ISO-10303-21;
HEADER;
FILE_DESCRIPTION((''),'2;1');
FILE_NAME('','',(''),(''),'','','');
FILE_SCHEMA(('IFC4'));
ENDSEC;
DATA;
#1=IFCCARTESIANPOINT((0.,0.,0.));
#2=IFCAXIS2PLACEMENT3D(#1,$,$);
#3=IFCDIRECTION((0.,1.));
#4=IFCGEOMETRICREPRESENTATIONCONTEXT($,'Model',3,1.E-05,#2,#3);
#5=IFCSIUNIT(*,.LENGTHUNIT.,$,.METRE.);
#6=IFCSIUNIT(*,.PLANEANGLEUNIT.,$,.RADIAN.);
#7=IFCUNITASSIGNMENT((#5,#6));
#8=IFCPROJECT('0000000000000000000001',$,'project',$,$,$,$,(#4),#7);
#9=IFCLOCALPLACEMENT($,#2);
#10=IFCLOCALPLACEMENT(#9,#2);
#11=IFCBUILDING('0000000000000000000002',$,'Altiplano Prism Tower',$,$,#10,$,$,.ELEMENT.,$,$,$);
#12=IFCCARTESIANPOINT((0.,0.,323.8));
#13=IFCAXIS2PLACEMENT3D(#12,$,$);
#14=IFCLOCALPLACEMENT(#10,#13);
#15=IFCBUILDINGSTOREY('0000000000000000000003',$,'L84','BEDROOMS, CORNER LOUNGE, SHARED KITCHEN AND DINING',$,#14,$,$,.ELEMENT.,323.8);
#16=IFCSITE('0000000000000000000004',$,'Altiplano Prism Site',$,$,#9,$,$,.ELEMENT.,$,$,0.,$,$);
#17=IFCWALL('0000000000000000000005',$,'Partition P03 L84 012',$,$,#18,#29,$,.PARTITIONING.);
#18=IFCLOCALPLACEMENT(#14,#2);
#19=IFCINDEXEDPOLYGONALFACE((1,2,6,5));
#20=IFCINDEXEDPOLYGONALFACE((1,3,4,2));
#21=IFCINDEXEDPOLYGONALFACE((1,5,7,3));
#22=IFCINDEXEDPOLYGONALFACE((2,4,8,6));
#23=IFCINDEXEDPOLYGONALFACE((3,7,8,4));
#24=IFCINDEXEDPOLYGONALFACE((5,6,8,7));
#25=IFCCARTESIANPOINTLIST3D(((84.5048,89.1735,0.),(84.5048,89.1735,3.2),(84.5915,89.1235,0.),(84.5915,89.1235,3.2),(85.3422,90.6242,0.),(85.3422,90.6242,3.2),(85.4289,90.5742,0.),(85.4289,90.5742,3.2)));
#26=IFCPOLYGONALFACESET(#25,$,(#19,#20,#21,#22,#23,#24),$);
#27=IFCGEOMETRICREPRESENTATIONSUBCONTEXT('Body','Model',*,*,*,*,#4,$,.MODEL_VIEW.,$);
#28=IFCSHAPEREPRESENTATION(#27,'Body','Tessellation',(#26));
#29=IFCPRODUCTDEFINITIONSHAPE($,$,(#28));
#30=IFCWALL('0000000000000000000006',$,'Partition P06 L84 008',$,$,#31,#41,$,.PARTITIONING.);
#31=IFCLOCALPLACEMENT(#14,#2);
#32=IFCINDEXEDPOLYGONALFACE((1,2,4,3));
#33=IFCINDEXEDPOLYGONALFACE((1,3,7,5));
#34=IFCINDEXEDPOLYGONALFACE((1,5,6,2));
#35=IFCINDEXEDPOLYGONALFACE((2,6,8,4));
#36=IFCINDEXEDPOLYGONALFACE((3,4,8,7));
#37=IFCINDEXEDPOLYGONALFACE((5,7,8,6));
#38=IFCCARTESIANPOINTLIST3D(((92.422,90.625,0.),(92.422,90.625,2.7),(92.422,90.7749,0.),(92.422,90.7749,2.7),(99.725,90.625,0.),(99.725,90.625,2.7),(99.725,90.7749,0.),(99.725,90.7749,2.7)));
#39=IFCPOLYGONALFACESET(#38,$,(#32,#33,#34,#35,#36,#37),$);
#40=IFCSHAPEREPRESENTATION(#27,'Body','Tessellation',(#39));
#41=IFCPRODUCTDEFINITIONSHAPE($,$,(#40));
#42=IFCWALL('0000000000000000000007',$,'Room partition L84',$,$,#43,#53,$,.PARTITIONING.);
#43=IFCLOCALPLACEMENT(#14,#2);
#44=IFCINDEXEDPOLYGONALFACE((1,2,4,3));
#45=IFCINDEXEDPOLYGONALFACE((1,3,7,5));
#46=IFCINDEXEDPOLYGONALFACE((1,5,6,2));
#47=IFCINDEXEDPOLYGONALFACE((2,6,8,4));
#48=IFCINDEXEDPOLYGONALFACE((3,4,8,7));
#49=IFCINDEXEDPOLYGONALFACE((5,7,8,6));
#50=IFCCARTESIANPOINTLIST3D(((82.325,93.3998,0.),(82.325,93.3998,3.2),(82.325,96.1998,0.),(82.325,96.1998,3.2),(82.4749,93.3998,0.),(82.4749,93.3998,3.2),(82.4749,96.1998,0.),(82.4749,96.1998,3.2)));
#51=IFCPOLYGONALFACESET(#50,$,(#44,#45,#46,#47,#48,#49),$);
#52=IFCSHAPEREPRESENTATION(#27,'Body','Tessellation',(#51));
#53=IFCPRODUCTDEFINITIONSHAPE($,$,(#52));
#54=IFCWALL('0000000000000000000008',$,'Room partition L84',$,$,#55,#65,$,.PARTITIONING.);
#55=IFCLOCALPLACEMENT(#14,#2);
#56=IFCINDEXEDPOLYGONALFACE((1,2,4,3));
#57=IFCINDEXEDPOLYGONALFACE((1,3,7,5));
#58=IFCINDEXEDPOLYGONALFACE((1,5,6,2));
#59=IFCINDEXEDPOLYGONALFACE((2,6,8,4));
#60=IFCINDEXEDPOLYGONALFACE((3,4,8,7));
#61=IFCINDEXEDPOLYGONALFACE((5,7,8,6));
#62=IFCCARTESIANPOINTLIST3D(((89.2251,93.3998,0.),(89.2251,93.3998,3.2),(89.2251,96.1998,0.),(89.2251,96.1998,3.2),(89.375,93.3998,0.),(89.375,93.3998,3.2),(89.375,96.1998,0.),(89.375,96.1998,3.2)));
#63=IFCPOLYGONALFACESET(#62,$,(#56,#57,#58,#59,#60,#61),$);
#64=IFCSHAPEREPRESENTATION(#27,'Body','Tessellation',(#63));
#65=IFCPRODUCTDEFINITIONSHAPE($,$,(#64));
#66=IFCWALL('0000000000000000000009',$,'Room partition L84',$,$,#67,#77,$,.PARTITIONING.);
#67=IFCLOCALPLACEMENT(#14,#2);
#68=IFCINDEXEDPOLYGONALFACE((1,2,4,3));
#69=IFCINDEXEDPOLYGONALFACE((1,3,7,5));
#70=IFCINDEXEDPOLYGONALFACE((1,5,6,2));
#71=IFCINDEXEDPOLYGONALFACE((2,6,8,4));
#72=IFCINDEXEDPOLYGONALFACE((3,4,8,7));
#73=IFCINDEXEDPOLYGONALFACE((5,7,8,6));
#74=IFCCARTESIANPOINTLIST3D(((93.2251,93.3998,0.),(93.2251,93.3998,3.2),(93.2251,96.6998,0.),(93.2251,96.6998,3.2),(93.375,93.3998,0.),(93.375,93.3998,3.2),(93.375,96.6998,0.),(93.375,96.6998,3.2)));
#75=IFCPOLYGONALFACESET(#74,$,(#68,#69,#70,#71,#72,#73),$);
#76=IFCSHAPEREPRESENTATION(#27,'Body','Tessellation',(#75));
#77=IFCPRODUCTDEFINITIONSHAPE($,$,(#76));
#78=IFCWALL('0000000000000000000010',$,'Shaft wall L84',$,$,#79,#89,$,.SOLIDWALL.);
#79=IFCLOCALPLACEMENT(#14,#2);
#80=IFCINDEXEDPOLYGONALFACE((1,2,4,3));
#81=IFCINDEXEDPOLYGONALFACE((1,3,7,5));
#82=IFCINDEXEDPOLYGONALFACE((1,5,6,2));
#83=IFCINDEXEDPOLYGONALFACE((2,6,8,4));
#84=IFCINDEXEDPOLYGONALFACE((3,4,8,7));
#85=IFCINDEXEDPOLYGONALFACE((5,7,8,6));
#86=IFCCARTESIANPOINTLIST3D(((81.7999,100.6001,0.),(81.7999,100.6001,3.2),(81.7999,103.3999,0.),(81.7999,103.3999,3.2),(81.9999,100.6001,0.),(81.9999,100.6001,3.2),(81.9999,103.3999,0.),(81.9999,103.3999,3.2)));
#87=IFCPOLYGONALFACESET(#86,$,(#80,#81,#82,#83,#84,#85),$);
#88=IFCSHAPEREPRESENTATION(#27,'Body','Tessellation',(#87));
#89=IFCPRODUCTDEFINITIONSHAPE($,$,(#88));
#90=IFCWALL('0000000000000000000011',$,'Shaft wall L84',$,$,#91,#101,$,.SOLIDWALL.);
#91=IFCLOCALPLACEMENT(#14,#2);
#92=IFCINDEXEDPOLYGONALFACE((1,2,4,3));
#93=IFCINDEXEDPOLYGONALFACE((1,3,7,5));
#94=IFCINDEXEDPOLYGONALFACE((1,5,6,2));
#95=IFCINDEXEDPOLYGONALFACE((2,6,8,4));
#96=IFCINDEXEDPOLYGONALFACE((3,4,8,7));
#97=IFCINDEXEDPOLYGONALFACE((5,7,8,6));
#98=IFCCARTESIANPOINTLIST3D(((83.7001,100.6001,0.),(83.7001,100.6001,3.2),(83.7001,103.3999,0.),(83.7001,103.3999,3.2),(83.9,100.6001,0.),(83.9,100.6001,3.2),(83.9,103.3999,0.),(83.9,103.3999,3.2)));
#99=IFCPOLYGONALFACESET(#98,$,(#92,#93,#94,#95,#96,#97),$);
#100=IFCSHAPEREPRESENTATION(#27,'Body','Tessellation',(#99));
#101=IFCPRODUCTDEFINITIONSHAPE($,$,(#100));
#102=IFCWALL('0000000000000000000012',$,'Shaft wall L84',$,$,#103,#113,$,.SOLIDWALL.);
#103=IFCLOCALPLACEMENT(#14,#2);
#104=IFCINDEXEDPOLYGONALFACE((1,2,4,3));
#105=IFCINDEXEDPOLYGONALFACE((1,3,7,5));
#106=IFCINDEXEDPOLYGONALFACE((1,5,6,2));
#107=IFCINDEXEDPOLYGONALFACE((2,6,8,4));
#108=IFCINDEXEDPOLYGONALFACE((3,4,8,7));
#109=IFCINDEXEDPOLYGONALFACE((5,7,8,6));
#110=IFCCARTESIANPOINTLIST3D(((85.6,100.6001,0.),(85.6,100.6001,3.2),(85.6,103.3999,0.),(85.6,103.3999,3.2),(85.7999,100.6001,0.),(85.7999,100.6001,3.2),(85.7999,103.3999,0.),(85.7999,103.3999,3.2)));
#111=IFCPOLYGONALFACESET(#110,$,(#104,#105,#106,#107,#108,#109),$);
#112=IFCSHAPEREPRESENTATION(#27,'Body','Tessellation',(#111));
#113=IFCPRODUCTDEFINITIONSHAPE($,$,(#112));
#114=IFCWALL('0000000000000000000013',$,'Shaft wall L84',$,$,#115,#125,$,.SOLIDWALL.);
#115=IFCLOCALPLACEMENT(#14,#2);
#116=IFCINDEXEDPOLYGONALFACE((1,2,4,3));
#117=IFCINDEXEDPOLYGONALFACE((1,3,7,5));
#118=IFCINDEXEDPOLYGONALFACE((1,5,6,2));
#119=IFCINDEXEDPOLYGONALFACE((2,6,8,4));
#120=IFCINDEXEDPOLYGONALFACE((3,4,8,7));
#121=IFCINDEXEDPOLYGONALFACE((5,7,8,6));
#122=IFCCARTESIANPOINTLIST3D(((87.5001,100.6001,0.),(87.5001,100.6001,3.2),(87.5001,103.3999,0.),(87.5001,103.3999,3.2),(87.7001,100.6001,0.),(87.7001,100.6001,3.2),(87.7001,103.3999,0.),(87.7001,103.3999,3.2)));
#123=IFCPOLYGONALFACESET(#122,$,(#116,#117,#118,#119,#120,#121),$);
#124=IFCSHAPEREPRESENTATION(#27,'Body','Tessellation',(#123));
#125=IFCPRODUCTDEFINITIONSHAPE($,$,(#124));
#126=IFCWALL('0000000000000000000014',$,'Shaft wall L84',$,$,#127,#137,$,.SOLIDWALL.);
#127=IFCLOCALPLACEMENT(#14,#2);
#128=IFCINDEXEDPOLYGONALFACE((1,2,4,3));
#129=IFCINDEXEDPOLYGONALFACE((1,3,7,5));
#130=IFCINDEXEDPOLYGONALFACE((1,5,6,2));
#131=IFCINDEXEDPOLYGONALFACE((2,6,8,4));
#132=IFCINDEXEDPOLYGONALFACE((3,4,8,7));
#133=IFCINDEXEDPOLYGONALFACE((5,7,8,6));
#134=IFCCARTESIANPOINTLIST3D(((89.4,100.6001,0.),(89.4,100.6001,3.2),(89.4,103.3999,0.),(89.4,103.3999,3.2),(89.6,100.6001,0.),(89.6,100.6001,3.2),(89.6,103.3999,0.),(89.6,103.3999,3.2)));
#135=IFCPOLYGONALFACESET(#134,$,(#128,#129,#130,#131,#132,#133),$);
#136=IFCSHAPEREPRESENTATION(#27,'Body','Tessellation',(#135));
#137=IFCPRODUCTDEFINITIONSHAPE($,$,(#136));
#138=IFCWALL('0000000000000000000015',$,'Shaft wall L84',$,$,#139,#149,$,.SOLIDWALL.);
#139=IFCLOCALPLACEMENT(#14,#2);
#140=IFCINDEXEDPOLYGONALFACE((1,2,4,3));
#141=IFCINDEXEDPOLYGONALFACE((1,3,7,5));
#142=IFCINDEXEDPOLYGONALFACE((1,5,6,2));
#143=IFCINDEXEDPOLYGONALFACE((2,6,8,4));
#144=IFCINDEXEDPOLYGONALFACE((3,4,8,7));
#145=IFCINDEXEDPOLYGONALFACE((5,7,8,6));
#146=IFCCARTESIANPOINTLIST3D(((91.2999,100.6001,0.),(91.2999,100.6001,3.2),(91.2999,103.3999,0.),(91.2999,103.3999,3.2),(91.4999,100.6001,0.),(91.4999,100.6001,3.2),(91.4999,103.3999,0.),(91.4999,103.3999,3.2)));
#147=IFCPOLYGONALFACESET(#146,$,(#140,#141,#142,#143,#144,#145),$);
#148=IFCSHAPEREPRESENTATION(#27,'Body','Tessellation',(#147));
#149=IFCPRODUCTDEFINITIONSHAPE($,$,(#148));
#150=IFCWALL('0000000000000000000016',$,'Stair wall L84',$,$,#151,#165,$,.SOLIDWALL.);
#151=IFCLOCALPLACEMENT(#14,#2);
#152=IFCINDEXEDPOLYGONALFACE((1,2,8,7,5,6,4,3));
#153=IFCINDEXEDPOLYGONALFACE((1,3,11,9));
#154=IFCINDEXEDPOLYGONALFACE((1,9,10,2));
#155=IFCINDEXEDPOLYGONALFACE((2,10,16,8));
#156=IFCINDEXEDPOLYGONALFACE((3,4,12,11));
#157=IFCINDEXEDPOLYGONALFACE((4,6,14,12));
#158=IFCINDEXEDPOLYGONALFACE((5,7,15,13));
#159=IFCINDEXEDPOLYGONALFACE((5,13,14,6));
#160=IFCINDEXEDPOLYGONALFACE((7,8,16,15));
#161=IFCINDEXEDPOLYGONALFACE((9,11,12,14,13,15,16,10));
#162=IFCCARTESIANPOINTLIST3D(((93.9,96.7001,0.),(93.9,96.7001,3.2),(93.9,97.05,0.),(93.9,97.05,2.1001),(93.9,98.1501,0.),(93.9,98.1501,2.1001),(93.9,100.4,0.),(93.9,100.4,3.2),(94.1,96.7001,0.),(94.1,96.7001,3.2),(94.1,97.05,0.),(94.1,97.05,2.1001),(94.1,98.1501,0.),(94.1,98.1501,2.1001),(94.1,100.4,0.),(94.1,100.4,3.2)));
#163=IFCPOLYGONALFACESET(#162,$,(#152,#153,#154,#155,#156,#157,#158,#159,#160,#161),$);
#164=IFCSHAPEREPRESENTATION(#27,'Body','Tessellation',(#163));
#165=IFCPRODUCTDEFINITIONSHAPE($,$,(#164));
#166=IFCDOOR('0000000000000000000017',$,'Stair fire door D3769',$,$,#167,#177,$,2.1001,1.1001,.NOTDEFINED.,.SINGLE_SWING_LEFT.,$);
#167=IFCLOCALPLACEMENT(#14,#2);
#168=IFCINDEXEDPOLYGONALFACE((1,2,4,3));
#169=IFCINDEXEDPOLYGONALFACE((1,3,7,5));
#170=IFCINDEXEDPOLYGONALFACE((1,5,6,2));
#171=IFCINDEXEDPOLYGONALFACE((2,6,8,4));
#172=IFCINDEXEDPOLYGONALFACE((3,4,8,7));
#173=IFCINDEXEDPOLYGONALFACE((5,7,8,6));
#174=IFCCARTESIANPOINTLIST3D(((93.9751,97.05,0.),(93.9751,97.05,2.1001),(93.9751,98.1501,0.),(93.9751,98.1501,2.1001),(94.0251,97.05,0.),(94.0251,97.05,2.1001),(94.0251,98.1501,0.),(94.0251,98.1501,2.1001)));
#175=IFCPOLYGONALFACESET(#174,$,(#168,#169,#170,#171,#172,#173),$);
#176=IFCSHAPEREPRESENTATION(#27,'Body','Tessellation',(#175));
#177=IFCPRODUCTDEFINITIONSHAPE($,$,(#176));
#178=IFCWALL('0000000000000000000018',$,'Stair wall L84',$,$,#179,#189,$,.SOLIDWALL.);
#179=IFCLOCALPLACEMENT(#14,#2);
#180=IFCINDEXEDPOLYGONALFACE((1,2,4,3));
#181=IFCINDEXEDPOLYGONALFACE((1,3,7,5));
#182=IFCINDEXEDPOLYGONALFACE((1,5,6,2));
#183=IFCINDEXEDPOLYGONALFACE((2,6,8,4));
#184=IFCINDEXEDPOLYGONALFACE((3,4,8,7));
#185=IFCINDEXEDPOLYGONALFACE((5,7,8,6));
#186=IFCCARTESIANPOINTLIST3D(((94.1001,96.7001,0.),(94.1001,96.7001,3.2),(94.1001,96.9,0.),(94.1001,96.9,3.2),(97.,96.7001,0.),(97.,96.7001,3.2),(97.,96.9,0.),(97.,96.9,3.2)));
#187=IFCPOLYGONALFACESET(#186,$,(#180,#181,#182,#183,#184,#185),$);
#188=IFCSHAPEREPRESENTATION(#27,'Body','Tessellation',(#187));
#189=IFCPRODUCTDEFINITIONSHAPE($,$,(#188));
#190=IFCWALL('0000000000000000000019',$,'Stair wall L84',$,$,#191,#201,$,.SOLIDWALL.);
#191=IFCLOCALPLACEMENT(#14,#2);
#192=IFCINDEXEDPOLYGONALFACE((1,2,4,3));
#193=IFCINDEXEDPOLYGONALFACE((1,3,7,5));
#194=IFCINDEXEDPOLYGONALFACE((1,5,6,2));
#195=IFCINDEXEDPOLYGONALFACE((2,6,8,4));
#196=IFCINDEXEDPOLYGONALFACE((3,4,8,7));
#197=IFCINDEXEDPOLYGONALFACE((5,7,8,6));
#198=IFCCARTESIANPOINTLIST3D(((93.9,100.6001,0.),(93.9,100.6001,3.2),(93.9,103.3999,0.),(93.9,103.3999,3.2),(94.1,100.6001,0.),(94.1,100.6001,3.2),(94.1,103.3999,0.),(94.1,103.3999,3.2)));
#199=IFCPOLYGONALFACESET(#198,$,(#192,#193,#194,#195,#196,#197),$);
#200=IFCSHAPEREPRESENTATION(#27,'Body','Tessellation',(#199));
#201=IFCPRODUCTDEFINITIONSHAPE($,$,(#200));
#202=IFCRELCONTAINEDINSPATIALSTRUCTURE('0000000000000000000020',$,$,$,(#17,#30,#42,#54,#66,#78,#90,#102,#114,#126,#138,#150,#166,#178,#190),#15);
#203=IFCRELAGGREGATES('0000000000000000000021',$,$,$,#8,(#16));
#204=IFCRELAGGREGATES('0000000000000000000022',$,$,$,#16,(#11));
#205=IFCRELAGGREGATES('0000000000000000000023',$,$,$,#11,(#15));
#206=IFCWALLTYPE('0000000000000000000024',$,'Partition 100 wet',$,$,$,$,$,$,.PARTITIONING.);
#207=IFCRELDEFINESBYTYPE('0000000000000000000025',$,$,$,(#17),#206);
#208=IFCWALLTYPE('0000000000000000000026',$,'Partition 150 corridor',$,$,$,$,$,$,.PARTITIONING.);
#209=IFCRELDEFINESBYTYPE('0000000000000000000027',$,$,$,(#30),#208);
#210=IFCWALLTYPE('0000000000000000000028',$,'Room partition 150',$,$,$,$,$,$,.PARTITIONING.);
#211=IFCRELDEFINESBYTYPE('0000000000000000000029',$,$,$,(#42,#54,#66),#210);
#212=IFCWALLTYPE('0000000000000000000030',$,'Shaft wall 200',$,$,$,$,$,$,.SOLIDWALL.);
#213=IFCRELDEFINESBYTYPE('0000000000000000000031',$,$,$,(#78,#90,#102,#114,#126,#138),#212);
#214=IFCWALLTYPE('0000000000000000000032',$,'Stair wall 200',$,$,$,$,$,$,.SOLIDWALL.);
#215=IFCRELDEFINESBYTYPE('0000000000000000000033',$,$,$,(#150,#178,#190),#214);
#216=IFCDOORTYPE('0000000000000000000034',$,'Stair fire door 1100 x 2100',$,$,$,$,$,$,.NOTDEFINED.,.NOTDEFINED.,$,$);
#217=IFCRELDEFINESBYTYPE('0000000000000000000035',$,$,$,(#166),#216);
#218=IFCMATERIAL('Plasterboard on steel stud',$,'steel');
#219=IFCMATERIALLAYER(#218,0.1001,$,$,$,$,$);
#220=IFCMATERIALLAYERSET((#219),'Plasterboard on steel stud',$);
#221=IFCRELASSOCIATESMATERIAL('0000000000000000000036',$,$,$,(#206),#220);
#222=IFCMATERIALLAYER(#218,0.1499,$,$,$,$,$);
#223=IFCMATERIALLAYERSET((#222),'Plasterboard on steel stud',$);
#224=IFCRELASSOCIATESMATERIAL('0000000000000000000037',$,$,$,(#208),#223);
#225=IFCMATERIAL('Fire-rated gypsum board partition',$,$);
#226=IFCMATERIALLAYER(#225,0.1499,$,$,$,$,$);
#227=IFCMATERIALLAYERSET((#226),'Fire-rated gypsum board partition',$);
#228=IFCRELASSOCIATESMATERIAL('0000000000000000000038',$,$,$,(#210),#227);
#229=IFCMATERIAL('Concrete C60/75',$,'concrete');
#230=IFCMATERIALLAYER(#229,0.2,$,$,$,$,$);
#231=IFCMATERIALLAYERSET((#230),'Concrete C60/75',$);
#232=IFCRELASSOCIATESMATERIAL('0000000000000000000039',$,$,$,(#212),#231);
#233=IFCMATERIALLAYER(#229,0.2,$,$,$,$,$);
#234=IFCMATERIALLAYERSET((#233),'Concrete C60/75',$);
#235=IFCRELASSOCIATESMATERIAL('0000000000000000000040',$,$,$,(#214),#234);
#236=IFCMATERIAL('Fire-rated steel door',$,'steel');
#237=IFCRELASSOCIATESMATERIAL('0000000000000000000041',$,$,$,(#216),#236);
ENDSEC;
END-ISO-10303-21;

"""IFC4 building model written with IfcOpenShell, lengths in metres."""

from ifc_helpers import new_model, si_unit, direction, frame, frame_2d, origin, place, context, subcontext, project, spatial, rectangle, extrude, material, layer, layer_set, type_object, element, fill, save


model = new_model("IFC4")

# Units and contexts
model_context = context("Model", 3, precision=1e-05, world=origin(), true_north=direction((0.0, 1.0)))
body_context = subcontext(model_context, "Body", "Model", "MODEL_VIEW")
ifc_project = project(units=[si_unit("LENGTHUNIT", "METRE"), si_unit("PLANEANGLEUNIT", "RADIAN")], contexts=[model_context])

# Site, building, storey
site_placement = place(None, origin())
site = spatial("IfcSite", under=ifc_project, at=site_placement, Name="Altiplano Prism Site", CompositionType="ELEMENT", RefElevation=0.0)
building_placement = place(site_placement, origin())
building = spatial("IfcBuilding", under=site, at=building_placement, Name="Altiplano Prism Tower", CompositionType="ELEMENT")
storey_placement = place(building_placement, frame((0.0, 0.0, 323.8)))
storey = spatial("IfcBuildingStorey", under=building, at=storey_placement, Name="L84", Description="BEDROOMS, CORNER LOUNGE, SHARED KITCHEN AND DINING", CompositionType="ELEMENT", Elevation=323.8)

# Walls
ifc_material_1 = material(Name="Plasterboard on steel stud", Category="steel")
ifc_layer_1 = layer(ifc_material_1, 0.1001)
ifc_layer_set_1 = layer_set([ifc_layer_1], Name="Plasterboard on steel stud")
wall_type_1 = type_object("IfcWallType", Name="Partition 100 wet", PredefinedType="PARTITIONING", material=ifc_layer_set_1)
wall_1_placement = place(storey_placement, frame((85.3855, 90.5991, 0.0), z_axis=(0.0, 0.0, 1.0), x_axis=(-0.499933, -0.866064, 0.0)))
element("IfcWall", 1, at=wall_1_placement, inside=storey, type_object=wall_type_1, Name="Partition P03 L84 012", PredefinedType="PARTITIONING", context=body_context, shape_type="SweptSolid", body=[
    extrude(rectangle(XDim=1.675, YDim=0.1001, at=frame_2d((0.8374, 0.0))), origin(), (0.0, 0.0, 1.0), 3.2),
])
ifc_layer_2 = layer(ifc_material_1, 0.1499)
ifc_layer_set_2 = layer_set([ifc_layer_2], Name="Plasterboard on steel stud")
wall_type_2 = type_object("IfcWallType", Name="Partition 150 corridor", PredefinedType="PARTITIONING", material=ifc_layer_set_2)
wall_2_placement = place(storey_placement, frame((92.4221, 90.7, 0.0), z_axis=(0.0, 0.0, 1.0), x_axis=(1.0, 0.0, 0.0)))
element("IfcWall", 2, at=wall_2_placement, inside=storey, type_object=wall_type_2, Name="Partition P06 L84 008", PredefinedType="PARTITIONING", context=body_context, shape_type="SweptSolid", body=[
    extrude(rectangle(XDim=7.303, YDim=0.1499, at=frame_2d((3.6514, 0.0))), origin(), (0.0, 0.0, 1.0), 2.7),
])
ifc_material_2 = material(Name="Fire-rated gypsum board partition")
ifc_layer_3 = layer(ifc_material_2, 0.1499)
ifc_layer_set_3 = layer_set([ifc_layer_3], Name="Fire-rated gypsum board partition")
wall_type_3 = type_object("IfcWallType", Name="Room partition 150", PredefinedType="PARTITIONING", material=ifc_layer_set_3)
for number, where, z_axis, x_axis, name in (
    (3, (82.3999, 93.3999, 0.0), (0.0, 0.0, 1.0), (0.0, 1.0, 0.0), "Room partition L84"),
    (4, (89.3, 93.3999, 0.0), (0.0, 0.0, 1.0), (0.0, 1.0, 0.0), "Room partition L84"),
):
    element("IfcWall", number, at=place(storey_placement, frame(where, z_axis=z_axis, x_axis=x_axis)), inside=storey, type_object=wall_type_3, Name=name, PredefinedType="PARTITIONING", context=body_context, shape_type="SweptSolid", body=[
        extrude(rectangle(XDim=2.8, YDim=0.1499, at=frame_2d((1.3999, 0.0))), origin(), (0.0, 0.0, 1.0), 3.2),
    ])
wall_3_placement = place(storey_placement, frame((93.3, 93.3999, 0.0), z_axis=(0.0, 0.0, 1.0), x_axis=(0.0, 1.0, 0.0)))
element("IfcWall", 5, at=wall_3_placement, inside=storey, type_object=wall_type_3, Name="Room partition L84", PredefinedType="PARTITIONING", context=body_context, shape_type="SweptSolid", body=[
    extrude(rectangle(XDim=3.3, YDim=0.1499, at=frame_2d((1.6499, 0.0))), origin(), (0.0, 0.0, 1.0), 3.2),
])
ifc_material_3 = material(Name="Concrete C60/75", Category="concrete")
ifc_layer_4 = layer(ifc_material_3, 0.2)
ifc_layer_set_4 = layer_set([ifc_layer_4], Name="Concrete C60/75")
wall_type_4 = type_object("IfcWallType", Name="Shaft wall 200", PredefinedType="SOLIDWALL", material=ifc_layer_set_4)
for number, where, z_axis, x_axis, name in (
    (6, (81.8999, 100.6001, 0.0), (0.0, 0.0, 1.0), (0.0, 1.0, 0.0), "Shaft wall L84"),
    (7, (83.8, 100.6001, 0.0), (0.0, 0.0, 1.0), (0.0, 1.0, 0.0), "Shaft wall L84"),
    (8, (85.7, 100.6001, 0.0), (0.0, 0.0, 1.0), (0.0, 1.0, 0.0), "Shaft wall L84"),
    (9, (87.6001, 100.6001, 0.0), (0.0, 0.0, 1.0), (0.0, 1.0, 0.0), "Shaft wall L84"),
    (10, (89.5, 100.6001, 0.0), (0.0, 0.0, 1.0), (0.0, 1.0, 0.0), "Shaft wall L84"),
    (11, (91.3999, 100.6001, 0.0), (0.0, 0.0, 1.0), (0.0, 1.0, 0.0), "Shaft wall L84"),
):
    element("IfcWall", number, at=place(storey_placement, frame(where, z_axis=z_axis, x_axis=x_axis)), inside=storey, type_object=wall_type_4, Name=name, PredefinedType="SOLIDWALL", context=body_context, shape_type="SweptSolid", body=[
        extrude(rectangle(XDim=2.7998, YDim=0.2, at=frame_2d((1.3999, 0.0))), origin(), (0.0, 0.0, 1.0), 3.2),
    ])

# Wall, opening, door
ifc_layer_5 = layer(ifc_material_3, 0.2)
ifc_layer_set_5 = layer_set([ifc_layer_5], Name="Concrete C60/75")
wall_type_5 = type_object("IfcWallType", Name="Stair wall 200", PredefinedType="SOLIDWALL", material=ifc_layer_set_5)
wall_4_placement = place(storey_placement, frame((94.0, 96.7, 0.0), z_axis=(0.0, 0.0, 1.0), x_axis=(0.0, 1.0, 0.0)))
wall_4 = element("IfcWall", 12, at=wall_4_placement, inside=storey, type_object=wall_type_5, Name="Stair wall L84", PredefinedType="SOLIDWALL", context=body_context, shape_type="SweptSolid", body=[
    extrude(rectangle(XDim=3.7, YDim=0.2, at=frame_2d((1.8501, 0.0))), origin(), (0.0, 0.0, 1.0), 3.2),
])
opening_1_placement = place(wall_4_placement, frame((0.3501, 0.0, 0.0)))
opening_1 = element("IfcOpeningElement", 13, at=opening_1_placement, cuts=wall_4, PredefinedType="OPENING", context=body_context, shape_type="SweptSolid", body=[
    extrude(rectangle(XDim=1.1001, YDim=2.1001, at=frame_2d((0.55, 1.05))), frame((0.0, 0.1104, 0.0), z_axis=(0.0, -1.0, 0.0), x_axis=(1.0, 0.0, 0.0)), (0.0, 0.0, 1.0), 0.2209),
])
ifc_material_4 = material(Name="Fire-rated steel door", Category="steel")
door_type_1 = type_object("IfcDoorType", Name="Stair fire door 1100 x 2100", OperationType="NOTDEFINED", PredefinedType="NOTDEFINED", material=ifc_material_4)
door_1_placement = place(opening_1_placement, origin())
door_1 = element("IfcDoor", 14, at=door_1_placement, inside=storey, type_object=door_type_1, Name="Stair fire door D3769", OperationType="SINGLE_SWING_LEFT", OverallHeight=2.1001, OverallWidth=1.1001, PredefinedType="NOTDEFINED", context=body_context, shape_type="SweptSolid", body=[
    extrude(rectangle(XDim=1.1001, YDim=2.1001, at=frame_2d((0.55, 1.05))), frame((0.0, 0.0249, 0.0), z_axis=(0.0, -1.0, 0.0), x_axis=(1.0, 0.0, 0.0)), (0.0, 0.0, 1.0), 0.05),
])
fill(opening_1, door_1)

# Walls
wall_5_placement = place(storey_placement, frame((94.1001, 96.8, 0.0), z_axis=(0.0, 0.0, 1.0), x_axis=(1.0, 0.0, 0.0)))
element("IfcWall", 15, at=wall_5_placement, inside=storey, type_object=wall_type_5, Name="Stair wall L84", PredefinedType="SOLIDWALL", context=body_context, shape_type="SweptSolid", body=[
    extrude(rectangle(XDim=2.8999, YDim=0.2, at=frame_2d((1.45, 0.0))), origin(), (0.0, 0.0, 1.0), 3.2),
])
wall_6_placement = place(storey_placement, frame((94.0, 100.6001, 0.0), z_axis=(0.0, 0.0, 1.0), x_axis=(0.0, 1.0, 0.0)))
element("IfcWall", 16, at=wall_6_placement, inside=storey, type_object=wall_type_5, Name="Stair wall L84", PredefinedType="SOLIDWALL", context=body_context, shape_type="SweptSolid", body=[
    extrude(rectangle(XDim=2.7998, YDim=0.2, at=frame_2d((1.3999, 0.0))), origin(), (0.0, 0.0, 1.0), 3.2),
])

save(model, "model.ifc")
